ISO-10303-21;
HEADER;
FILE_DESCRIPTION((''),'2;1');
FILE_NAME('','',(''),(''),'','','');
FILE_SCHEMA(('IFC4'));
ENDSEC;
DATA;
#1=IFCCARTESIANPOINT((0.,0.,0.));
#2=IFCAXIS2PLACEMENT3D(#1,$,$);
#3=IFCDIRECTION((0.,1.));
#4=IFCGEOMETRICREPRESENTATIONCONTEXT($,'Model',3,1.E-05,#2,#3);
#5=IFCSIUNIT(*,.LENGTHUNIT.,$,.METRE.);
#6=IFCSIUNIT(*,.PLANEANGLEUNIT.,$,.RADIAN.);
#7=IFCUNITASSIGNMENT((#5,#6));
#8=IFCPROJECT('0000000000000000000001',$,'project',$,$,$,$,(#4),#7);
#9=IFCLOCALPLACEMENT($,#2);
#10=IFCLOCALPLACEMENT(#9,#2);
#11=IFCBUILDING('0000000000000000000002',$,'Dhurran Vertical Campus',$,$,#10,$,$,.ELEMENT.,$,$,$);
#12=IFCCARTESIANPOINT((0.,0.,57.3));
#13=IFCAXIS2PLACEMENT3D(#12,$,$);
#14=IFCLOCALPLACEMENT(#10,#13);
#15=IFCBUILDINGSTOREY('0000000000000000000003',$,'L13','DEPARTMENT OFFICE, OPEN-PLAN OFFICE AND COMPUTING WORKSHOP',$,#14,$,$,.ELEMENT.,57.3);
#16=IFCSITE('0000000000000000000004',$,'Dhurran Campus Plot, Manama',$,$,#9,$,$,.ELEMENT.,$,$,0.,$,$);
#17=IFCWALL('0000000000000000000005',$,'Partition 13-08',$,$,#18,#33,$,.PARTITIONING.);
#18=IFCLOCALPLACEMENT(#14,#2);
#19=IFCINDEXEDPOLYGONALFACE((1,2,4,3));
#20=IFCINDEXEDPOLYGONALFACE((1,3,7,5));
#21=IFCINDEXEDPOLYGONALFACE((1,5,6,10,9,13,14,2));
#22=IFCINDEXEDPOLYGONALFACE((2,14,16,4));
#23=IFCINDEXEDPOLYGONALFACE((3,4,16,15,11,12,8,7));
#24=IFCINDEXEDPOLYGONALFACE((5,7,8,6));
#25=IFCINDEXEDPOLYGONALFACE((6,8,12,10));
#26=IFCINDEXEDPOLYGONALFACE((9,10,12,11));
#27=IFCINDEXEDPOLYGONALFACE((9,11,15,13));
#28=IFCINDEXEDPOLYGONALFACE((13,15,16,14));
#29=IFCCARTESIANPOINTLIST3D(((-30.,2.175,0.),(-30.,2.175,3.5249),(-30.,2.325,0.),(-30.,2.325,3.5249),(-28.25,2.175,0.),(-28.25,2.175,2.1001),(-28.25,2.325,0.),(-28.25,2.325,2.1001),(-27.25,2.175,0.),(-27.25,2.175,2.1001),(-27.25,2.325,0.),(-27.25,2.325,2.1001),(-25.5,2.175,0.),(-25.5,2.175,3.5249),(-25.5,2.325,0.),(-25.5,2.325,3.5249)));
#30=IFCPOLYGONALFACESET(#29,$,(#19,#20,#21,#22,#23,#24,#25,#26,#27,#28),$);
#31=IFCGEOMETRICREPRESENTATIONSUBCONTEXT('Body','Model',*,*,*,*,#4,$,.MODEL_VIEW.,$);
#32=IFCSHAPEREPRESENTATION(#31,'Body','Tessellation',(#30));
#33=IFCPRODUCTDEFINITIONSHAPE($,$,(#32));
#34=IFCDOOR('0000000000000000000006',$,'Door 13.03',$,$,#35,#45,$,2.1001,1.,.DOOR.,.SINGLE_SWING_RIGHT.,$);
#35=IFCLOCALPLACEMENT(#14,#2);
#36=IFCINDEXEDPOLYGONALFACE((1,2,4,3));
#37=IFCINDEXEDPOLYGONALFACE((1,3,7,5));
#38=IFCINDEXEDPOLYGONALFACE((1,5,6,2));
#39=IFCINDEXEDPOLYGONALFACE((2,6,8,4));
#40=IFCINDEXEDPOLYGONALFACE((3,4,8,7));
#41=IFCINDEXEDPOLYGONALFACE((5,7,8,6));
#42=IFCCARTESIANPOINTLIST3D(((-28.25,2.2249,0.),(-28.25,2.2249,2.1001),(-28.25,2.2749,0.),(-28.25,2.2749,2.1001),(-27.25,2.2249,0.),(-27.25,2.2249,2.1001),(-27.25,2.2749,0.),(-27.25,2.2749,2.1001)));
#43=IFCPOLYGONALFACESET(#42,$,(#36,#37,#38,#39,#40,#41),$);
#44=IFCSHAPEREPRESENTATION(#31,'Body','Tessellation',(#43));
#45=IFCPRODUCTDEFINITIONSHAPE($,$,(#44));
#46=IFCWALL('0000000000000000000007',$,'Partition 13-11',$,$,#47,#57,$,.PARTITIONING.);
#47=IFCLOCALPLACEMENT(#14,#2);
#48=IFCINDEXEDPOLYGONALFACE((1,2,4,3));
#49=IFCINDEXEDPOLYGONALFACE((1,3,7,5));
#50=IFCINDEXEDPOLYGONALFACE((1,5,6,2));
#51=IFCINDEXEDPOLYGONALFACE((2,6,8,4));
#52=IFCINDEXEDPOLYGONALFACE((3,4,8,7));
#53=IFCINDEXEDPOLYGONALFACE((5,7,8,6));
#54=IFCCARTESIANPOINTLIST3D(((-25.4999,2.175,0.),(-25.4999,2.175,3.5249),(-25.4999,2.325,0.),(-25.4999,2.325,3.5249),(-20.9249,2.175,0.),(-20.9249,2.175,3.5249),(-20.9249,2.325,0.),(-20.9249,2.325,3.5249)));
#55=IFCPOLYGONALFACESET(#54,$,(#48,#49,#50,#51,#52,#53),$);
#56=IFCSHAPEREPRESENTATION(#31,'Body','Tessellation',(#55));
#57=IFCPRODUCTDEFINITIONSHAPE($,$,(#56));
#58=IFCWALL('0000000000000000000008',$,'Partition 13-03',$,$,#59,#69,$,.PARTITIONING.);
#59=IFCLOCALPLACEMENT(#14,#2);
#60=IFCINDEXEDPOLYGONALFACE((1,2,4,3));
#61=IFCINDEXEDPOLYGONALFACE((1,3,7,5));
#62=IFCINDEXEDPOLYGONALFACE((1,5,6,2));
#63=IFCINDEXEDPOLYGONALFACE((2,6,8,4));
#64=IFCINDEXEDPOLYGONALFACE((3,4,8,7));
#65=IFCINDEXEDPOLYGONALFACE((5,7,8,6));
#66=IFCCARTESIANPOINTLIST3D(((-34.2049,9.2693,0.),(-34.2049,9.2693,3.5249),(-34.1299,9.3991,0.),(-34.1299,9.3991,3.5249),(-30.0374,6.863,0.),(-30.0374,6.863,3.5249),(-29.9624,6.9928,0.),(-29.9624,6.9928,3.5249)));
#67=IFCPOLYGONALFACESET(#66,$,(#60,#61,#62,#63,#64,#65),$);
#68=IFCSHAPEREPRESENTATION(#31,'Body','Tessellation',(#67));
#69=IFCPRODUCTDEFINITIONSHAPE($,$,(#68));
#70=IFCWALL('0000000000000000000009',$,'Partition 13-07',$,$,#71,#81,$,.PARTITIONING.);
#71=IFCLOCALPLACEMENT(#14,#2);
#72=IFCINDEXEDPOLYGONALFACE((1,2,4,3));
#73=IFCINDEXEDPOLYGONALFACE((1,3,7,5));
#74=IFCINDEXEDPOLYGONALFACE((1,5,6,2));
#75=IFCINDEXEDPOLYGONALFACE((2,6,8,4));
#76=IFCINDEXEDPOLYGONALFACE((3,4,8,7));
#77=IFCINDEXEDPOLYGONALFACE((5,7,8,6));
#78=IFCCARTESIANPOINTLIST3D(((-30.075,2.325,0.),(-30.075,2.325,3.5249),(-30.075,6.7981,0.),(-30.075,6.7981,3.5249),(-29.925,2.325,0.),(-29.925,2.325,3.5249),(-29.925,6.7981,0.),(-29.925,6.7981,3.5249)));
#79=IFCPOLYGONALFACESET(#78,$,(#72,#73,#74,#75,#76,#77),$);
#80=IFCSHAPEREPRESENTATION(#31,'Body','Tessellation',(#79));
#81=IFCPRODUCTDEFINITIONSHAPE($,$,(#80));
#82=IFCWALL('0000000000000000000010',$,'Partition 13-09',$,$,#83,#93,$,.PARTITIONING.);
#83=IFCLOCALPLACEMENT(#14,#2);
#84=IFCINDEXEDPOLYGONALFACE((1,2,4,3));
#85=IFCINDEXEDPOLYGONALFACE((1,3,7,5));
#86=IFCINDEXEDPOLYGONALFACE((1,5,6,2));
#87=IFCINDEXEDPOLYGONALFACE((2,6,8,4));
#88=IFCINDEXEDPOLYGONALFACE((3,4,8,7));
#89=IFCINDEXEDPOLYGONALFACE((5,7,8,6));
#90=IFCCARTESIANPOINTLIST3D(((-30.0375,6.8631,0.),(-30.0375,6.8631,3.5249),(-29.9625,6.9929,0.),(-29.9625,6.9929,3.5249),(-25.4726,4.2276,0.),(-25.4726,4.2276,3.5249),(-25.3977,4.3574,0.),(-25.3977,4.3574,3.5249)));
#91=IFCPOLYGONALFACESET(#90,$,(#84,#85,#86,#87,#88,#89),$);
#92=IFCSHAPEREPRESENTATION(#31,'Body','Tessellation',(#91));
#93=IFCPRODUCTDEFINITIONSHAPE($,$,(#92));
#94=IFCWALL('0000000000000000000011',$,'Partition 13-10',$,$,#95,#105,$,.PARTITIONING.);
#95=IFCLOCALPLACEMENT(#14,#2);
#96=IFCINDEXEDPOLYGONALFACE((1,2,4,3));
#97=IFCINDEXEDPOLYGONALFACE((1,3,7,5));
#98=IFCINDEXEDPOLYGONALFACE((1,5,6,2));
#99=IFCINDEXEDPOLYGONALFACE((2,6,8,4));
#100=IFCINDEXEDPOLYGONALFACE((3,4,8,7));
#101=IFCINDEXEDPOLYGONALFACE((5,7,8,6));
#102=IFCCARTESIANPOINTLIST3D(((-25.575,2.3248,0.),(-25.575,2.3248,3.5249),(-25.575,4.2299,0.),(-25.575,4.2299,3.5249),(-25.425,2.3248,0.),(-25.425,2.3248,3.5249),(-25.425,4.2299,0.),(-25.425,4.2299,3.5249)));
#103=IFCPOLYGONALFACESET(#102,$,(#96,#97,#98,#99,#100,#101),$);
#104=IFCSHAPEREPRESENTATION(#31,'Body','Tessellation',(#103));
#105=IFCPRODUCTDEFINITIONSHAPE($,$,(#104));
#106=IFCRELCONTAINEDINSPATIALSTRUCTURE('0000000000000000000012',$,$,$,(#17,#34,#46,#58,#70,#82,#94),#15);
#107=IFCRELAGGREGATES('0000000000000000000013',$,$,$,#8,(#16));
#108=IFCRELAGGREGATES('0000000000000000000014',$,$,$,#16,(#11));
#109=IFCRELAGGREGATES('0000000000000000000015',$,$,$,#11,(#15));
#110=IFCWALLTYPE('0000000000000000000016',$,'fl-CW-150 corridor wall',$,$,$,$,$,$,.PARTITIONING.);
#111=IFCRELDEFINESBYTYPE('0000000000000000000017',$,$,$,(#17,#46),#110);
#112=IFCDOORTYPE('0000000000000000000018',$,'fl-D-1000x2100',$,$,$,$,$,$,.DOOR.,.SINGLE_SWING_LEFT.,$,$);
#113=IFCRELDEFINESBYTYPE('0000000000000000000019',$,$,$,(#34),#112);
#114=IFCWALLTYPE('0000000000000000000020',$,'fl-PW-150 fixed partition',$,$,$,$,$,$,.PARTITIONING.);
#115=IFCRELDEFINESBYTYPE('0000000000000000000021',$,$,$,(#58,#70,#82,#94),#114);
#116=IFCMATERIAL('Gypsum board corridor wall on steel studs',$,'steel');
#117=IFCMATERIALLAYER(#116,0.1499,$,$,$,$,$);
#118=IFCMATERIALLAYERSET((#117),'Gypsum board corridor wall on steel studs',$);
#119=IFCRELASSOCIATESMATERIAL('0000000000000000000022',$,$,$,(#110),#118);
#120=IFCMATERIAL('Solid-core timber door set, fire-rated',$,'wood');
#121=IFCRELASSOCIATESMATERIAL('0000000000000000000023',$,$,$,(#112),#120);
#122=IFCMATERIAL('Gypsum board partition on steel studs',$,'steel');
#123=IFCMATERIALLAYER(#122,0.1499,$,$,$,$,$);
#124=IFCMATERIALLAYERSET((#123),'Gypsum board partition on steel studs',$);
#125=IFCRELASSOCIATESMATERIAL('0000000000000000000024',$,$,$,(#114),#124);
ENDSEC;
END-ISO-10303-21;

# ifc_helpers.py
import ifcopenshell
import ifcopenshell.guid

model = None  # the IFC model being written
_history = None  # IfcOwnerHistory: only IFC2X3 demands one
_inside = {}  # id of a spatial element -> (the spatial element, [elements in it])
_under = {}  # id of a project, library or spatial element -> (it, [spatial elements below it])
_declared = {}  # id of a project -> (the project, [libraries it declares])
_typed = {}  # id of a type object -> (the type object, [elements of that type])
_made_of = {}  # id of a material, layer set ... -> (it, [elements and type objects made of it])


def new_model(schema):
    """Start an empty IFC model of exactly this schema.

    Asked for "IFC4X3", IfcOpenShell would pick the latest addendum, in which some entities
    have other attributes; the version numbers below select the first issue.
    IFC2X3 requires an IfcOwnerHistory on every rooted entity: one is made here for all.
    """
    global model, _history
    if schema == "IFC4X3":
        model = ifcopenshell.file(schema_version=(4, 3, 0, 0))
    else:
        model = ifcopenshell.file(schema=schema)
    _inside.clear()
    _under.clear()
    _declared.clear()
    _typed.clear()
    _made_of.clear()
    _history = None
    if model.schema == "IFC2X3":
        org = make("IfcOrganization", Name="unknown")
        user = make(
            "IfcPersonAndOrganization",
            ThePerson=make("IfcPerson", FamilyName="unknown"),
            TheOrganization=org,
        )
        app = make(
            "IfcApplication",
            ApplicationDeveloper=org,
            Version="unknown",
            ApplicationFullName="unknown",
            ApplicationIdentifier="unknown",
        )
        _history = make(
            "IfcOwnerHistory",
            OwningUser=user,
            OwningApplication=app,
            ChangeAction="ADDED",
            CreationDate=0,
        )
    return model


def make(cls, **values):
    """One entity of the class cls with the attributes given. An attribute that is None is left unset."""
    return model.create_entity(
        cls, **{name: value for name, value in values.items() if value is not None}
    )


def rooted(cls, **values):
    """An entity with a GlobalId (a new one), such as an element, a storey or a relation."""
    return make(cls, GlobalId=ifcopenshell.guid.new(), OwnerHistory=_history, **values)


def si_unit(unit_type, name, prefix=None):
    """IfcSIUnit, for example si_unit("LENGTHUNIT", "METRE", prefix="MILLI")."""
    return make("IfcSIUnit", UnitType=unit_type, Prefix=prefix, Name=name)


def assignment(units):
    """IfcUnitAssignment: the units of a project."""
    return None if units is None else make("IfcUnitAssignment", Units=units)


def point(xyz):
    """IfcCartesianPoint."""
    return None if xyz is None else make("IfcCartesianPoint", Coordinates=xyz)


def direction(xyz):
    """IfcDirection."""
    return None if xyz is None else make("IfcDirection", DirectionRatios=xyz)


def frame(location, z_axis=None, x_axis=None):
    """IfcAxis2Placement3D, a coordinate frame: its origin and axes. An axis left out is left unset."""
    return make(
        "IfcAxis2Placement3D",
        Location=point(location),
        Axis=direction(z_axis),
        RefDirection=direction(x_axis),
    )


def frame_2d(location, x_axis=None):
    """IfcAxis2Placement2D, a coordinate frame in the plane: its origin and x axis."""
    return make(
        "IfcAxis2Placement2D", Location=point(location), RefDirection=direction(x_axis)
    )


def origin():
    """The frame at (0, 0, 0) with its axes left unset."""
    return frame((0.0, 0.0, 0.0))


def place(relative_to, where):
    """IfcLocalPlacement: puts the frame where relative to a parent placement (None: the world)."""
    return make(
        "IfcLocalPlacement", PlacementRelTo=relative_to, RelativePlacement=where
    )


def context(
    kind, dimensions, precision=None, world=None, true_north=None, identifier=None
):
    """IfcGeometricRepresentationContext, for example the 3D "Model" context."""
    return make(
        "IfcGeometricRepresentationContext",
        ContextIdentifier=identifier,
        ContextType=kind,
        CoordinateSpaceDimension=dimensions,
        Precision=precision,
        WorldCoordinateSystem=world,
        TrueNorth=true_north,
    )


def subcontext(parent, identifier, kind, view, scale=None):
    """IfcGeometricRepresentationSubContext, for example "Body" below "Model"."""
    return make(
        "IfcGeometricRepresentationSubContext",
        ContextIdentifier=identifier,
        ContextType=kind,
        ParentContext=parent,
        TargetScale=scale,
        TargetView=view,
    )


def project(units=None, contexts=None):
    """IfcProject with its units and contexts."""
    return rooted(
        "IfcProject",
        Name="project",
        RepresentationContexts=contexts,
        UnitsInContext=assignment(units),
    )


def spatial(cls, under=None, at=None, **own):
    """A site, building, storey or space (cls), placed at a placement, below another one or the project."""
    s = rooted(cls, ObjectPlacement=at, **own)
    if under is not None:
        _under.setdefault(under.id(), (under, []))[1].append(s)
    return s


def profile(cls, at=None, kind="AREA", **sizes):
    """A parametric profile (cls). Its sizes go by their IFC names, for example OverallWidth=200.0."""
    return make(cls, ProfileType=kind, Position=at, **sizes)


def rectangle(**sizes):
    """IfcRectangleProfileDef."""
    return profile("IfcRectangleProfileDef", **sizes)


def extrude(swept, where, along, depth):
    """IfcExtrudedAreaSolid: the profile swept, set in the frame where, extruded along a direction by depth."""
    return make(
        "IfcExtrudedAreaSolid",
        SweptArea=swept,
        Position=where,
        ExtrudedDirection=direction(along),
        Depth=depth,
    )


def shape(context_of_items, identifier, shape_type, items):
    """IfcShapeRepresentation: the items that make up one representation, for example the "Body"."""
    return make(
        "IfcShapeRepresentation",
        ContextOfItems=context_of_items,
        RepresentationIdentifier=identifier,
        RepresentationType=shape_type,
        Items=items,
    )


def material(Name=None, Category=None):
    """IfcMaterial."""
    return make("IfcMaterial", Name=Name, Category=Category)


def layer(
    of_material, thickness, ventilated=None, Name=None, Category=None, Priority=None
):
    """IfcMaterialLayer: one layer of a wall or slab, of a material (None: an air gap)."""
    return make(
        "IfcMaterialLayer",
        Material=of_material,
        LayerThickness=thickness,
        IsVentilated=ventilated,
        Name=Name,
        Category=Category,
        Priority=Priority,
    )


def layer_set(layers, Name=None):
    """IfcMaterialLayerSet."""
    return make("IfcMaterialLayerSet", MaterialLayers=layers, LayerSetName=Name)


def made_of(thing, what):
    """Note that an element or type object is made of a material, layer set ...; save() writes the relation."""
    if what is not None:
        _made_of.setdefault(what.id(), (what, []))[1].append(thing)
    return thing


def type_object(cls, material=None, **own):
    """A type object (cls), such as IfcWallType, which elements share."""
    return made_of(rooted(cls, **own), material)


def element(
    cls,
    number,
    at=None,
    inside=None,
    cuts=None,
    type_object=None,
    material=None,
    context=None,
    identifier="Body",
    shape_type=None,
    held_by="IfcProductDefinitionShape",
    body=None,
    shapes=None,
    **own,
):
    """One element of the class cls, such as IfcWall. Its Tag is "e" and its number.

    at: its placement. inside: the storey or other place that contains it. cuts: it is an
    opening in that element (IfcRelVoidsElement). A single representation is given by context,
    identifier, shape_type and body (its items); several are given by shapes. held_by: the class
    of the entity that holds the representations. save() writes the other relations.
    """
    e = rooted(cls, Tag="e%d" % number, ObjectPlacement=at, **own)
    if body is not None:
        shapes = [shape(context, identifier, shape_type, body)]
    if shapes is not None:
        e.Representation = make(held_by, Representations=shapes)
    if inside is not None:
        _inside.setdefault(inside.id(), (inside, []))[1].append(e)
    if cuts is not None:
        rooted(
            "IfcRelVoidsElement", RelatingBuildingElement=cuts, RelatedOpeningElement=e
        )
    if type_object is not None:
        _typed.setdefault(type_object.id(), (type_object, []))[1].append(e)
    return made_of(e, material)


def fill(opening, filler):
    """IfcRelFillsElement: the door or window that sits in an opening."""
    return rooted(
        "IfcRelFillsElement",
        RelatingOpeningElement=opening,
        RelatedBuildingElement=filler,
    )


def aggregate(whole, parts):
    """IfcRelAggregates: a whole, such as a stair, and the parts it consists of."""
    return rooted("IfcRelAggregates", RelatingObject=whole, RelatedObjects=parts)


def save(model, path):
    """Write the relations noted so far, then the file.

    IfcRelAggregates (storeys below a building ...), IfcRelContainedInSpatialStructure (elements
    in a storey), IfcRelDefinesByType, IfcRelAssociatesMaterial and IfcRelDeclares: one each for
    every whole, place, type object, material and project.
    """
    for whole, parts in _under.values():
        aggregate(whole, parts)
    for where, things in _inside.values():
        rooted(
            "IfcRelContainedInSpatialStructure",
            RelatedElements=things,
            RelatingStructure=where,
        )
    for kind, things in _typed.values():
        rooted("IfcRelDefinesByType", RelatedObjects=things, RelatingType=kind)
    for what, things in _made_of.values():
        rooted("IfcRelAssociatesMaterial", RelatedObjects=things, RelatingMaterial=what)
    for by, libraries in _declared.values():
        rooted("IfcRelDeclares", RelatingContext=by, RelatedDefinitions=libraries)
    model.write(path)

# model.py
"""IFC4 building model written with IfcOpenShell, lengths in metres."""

from ifc_helpers import new_model, si_unit, direction, frame, frame_2d, origin, place, context, subcontext, project, spatial, rectangle, extrude, material, layer, layer_set, type_object, element, fill, save


model = new_model("IFC4")

# Units and contexts
model_context = context("Model", 3, precision=1e-05, world=origin(), true_north=direction((0.0, 1.0)))
body_context = subcontext(model_context, "Body", "Model", "MODEL_VIEW")
ifc_project = project(units=[si_unit("LENGTHUNIT", "METRE"), si_unit("PLANEANGLEUNIT", "RADIAN")], contexts=[model_context])

# Site, building, storey
site_placement = place(None, origin())
site = spatial("IfcSite", under=ifc_project, at=site_placement, Name="Dhurran Campus Plot, Manama", CompositionType="ELEMENT", RefElevation=0.0)
building_placement = place(site_placement, origin())
building = spatial("IfcBuilding", under=site, at=building_placement, Name="Dhurran Vertical Campus", CompositionType="ELEMENT")
storey_placement = place(building_placement, frame((0.0, 0.0, 57.3)))
storey = spatial("IfcBuildingStorey", under=building, at=storey_placement, Name="L13", Description="DEPARTMENT OFFICE, OPEN-PLAN OFFICE AND COMPUTING WORKSHOP", CompositionType="ELEMENT", Elevation=57.3)

# Wall, opening, door
ifc_material_1 = material(Name="Gypsum board corridor wall on steel studs", Category="steel")
ifc_layer_1 = layer(ifc_material_1, 0.1499)
ifc_layer_set_1 = layer_set([ifc_layer_1], Name="Gypsum board corridor wall on steel studs")
wall_type_1 = type_object("IfcWallType", Name="fl-CW-150 corridor wall", PredefinedType="PARTITIONING", material=ifc_layer_set_1)
ifc_material_2 = material(Name="Solid-core timber door set, fire-rated", Category="wood")
door_type_1 = type_object("IfcDoorType", Name="fl-D-1000x2100", OperationType="SINGLE_SWING_LEFT", PredefinedType="DOOR", material=ifc_material_2)
wall_1_placement = place(storey_placement, frame((-30.0, 2.25, 0.0), z_axis=(0.0, 0.0, 1.0), x_axis=(1.0, 0.0, 0.0)))
wall_1 = element("IfcWall", 1, at=wall_1_placement, inside=storey, type_object=wall_type_1, Name="Partition 13-08", PredefinedType="PARTITIONING", context=body_context, shape_type="SweptSolid", body=[
    extrude(rectangle(XDim=4.5, YDim=0.1499, at=frame_2d((2.25, 0.0))), origin(), (0.0, 0.0, 1.0), 3.5249),
])
opening_1_placement = place(wall_1_placement, frame((1.75, 0.0, 0.0)))
opening_1 = element("IfcOpeningElement", 2, at=opening_1_placement, cuts=wall_1, PredefinedType="OPENING", context=body_context, shape_type="SweptSolid", body=[
    extrude(rectangle(XDim=1.0, YDim=2.1001, at=frame_2d((0.5, 1.05))), frame((0.0, 0.085, 0.0), z_axis=(0.0, -1.0, 0.0), x_axis=(1.0, 0.0, 0.0)), (0.0, 0.0, 1.0), 0.1699),
])
door_1_placement = place(opening_1_placement, origin())
door_1 = element("IfcDoor", 3, at=door_1_placement, inside=storey, type_object=door_type_1, Name="Door 13.03", OperationType="SINGLE_SWING_RIGHT", OverallHeight=2.1001, OverallWidth=1.0, PredefinedType="DOOR", context=body_context, shape_type="SweptSolid", body=[
    extrude(rectangle(XDim=1.0, YDim=2.1001, at=frame_2d((0.5, 1.05))), frame((0.0, 0.0249, 0.0), z_axis=(0.0, -1.0, 0.0), x_axis=(1.0, 0.0, 0.0)), (0.0, 0.0, 1.0), 0.05),
])
fill(opening_1, door_1)

# Walls
wall_2_placement = place(storey_placement, frame((-25.5, 2.25, 0.0), z_axis=(0.0, 0.0, 1.0), x_axis=(1.0, 0.0, 0.0)))
element("IfcWall", 4, at=wall_2_placement, inside=storey, type_object=wall_type_1, Name="Partition 13-11", PredefinedType="PARTITIONING", context=body_context, shape_type="SweptSolid", body=[
    extrude(rectangle(XDim=4.575, YDim=0.1499, at=frame_2d((2.2876, 0.0))), origin(), (0.0, 0.0, 1.0), 3.5249),
])
ifc_material_3 = material(Name="Gypsum board partition on steel studs", Category="steel")
ifc_layer_2 = layer(ifc_material_3, 0.1499)
ifc_layer_set_2 = layer_set([ifc_layer_2], Name="Gypsum board partition on steel studs")
wall_type_2 = type_object("IfcWallType", Name="fl-PW-150 fixed partition", PredefinedType="PARTITIONING", material=ifc_layer_set_2)
wall_3_placement = place(storey_placement, frame((-34.1675, 9.3342, 0.0), z_axis=(0.0, 0.0, 1.0), x_axis=(0.866012, -0.500024, 0.0)))
element("IfcWall", 5, at=wall_3_placement, inside=storey, type_object=wall_type_2, Name="Partition 13-03", PredefinedType="PARTITIONING", context=body_context, shape_type="SweptSolid", body=[
    extrude(rectangle(XDim=4.8123, YDim=0.1499, at=frame_2d((2.4062, 0.0))), origin(), (0.0, 0.0, 1.0), 3.5249),
])
wall_4_placement = place(storey_placement, frame((-30.0, 6.7981, 0.0), z_axis=(0.0, 0.0, 1.0), x_axis=(0.0, -1.0, 0.0)))
element("IfcWall", 6, at=wall_4_placement, inside=storey, type_object=wall_type_2, Name="Partition 13-07", PredefinedType="PARTITIONING", context=body_context, shape_type="SweptSolid", body=[
    extrude(rectangle(XDim=4.4731, YDim=0.1499, at=frame_2d((2.2366, 0.0))), origin(), (0.0, 0.0, 1.0), 3.5249),
])
wall_5_placement = place(storey_placement, frame((-30.0, 6.928, 0.0), z_axis=(0.0, 0.0, 1.0), x_axis=(0.866031, -0.49999, 0.0)))
element("IfcWall", 7, at=wall_5_placement, inside=storey, type_object=wall_type_2, Name="Partition 13-09", PredefinedType="PARTITIONING", context=body_context, shape_type="SweptSolid", body=[
    extrude(rectangle(XDim=5.271, YDim=0.1499, at=frame_2d((2.6355, 0.0))), origin(), (0.0, 0.0, 1.0), 3.5249),
])
wall_6_placement = place(storey_placement, frame((-25.5, 4.23, 0.0), z_axis=(0.0, 0.0, 1.0), x_axis=(0.0, -1.0, 0.0)))
element("IfcWall", 8, at=wall_6_placement, inside=storey, type_object=wall_type_2, Name="Partition 13-10", PredefinedType="PARTITIONING", context=body_context, shape_type="SweptSolid", body=[
    extrude(rectangle(XDim=1.905, YDim=0.1499, at=frame_2d((0.9526, 0.0))), origin(), (0.0, 0.0, 1.0), 3.5249),
])

save(model, "model.ifc")
